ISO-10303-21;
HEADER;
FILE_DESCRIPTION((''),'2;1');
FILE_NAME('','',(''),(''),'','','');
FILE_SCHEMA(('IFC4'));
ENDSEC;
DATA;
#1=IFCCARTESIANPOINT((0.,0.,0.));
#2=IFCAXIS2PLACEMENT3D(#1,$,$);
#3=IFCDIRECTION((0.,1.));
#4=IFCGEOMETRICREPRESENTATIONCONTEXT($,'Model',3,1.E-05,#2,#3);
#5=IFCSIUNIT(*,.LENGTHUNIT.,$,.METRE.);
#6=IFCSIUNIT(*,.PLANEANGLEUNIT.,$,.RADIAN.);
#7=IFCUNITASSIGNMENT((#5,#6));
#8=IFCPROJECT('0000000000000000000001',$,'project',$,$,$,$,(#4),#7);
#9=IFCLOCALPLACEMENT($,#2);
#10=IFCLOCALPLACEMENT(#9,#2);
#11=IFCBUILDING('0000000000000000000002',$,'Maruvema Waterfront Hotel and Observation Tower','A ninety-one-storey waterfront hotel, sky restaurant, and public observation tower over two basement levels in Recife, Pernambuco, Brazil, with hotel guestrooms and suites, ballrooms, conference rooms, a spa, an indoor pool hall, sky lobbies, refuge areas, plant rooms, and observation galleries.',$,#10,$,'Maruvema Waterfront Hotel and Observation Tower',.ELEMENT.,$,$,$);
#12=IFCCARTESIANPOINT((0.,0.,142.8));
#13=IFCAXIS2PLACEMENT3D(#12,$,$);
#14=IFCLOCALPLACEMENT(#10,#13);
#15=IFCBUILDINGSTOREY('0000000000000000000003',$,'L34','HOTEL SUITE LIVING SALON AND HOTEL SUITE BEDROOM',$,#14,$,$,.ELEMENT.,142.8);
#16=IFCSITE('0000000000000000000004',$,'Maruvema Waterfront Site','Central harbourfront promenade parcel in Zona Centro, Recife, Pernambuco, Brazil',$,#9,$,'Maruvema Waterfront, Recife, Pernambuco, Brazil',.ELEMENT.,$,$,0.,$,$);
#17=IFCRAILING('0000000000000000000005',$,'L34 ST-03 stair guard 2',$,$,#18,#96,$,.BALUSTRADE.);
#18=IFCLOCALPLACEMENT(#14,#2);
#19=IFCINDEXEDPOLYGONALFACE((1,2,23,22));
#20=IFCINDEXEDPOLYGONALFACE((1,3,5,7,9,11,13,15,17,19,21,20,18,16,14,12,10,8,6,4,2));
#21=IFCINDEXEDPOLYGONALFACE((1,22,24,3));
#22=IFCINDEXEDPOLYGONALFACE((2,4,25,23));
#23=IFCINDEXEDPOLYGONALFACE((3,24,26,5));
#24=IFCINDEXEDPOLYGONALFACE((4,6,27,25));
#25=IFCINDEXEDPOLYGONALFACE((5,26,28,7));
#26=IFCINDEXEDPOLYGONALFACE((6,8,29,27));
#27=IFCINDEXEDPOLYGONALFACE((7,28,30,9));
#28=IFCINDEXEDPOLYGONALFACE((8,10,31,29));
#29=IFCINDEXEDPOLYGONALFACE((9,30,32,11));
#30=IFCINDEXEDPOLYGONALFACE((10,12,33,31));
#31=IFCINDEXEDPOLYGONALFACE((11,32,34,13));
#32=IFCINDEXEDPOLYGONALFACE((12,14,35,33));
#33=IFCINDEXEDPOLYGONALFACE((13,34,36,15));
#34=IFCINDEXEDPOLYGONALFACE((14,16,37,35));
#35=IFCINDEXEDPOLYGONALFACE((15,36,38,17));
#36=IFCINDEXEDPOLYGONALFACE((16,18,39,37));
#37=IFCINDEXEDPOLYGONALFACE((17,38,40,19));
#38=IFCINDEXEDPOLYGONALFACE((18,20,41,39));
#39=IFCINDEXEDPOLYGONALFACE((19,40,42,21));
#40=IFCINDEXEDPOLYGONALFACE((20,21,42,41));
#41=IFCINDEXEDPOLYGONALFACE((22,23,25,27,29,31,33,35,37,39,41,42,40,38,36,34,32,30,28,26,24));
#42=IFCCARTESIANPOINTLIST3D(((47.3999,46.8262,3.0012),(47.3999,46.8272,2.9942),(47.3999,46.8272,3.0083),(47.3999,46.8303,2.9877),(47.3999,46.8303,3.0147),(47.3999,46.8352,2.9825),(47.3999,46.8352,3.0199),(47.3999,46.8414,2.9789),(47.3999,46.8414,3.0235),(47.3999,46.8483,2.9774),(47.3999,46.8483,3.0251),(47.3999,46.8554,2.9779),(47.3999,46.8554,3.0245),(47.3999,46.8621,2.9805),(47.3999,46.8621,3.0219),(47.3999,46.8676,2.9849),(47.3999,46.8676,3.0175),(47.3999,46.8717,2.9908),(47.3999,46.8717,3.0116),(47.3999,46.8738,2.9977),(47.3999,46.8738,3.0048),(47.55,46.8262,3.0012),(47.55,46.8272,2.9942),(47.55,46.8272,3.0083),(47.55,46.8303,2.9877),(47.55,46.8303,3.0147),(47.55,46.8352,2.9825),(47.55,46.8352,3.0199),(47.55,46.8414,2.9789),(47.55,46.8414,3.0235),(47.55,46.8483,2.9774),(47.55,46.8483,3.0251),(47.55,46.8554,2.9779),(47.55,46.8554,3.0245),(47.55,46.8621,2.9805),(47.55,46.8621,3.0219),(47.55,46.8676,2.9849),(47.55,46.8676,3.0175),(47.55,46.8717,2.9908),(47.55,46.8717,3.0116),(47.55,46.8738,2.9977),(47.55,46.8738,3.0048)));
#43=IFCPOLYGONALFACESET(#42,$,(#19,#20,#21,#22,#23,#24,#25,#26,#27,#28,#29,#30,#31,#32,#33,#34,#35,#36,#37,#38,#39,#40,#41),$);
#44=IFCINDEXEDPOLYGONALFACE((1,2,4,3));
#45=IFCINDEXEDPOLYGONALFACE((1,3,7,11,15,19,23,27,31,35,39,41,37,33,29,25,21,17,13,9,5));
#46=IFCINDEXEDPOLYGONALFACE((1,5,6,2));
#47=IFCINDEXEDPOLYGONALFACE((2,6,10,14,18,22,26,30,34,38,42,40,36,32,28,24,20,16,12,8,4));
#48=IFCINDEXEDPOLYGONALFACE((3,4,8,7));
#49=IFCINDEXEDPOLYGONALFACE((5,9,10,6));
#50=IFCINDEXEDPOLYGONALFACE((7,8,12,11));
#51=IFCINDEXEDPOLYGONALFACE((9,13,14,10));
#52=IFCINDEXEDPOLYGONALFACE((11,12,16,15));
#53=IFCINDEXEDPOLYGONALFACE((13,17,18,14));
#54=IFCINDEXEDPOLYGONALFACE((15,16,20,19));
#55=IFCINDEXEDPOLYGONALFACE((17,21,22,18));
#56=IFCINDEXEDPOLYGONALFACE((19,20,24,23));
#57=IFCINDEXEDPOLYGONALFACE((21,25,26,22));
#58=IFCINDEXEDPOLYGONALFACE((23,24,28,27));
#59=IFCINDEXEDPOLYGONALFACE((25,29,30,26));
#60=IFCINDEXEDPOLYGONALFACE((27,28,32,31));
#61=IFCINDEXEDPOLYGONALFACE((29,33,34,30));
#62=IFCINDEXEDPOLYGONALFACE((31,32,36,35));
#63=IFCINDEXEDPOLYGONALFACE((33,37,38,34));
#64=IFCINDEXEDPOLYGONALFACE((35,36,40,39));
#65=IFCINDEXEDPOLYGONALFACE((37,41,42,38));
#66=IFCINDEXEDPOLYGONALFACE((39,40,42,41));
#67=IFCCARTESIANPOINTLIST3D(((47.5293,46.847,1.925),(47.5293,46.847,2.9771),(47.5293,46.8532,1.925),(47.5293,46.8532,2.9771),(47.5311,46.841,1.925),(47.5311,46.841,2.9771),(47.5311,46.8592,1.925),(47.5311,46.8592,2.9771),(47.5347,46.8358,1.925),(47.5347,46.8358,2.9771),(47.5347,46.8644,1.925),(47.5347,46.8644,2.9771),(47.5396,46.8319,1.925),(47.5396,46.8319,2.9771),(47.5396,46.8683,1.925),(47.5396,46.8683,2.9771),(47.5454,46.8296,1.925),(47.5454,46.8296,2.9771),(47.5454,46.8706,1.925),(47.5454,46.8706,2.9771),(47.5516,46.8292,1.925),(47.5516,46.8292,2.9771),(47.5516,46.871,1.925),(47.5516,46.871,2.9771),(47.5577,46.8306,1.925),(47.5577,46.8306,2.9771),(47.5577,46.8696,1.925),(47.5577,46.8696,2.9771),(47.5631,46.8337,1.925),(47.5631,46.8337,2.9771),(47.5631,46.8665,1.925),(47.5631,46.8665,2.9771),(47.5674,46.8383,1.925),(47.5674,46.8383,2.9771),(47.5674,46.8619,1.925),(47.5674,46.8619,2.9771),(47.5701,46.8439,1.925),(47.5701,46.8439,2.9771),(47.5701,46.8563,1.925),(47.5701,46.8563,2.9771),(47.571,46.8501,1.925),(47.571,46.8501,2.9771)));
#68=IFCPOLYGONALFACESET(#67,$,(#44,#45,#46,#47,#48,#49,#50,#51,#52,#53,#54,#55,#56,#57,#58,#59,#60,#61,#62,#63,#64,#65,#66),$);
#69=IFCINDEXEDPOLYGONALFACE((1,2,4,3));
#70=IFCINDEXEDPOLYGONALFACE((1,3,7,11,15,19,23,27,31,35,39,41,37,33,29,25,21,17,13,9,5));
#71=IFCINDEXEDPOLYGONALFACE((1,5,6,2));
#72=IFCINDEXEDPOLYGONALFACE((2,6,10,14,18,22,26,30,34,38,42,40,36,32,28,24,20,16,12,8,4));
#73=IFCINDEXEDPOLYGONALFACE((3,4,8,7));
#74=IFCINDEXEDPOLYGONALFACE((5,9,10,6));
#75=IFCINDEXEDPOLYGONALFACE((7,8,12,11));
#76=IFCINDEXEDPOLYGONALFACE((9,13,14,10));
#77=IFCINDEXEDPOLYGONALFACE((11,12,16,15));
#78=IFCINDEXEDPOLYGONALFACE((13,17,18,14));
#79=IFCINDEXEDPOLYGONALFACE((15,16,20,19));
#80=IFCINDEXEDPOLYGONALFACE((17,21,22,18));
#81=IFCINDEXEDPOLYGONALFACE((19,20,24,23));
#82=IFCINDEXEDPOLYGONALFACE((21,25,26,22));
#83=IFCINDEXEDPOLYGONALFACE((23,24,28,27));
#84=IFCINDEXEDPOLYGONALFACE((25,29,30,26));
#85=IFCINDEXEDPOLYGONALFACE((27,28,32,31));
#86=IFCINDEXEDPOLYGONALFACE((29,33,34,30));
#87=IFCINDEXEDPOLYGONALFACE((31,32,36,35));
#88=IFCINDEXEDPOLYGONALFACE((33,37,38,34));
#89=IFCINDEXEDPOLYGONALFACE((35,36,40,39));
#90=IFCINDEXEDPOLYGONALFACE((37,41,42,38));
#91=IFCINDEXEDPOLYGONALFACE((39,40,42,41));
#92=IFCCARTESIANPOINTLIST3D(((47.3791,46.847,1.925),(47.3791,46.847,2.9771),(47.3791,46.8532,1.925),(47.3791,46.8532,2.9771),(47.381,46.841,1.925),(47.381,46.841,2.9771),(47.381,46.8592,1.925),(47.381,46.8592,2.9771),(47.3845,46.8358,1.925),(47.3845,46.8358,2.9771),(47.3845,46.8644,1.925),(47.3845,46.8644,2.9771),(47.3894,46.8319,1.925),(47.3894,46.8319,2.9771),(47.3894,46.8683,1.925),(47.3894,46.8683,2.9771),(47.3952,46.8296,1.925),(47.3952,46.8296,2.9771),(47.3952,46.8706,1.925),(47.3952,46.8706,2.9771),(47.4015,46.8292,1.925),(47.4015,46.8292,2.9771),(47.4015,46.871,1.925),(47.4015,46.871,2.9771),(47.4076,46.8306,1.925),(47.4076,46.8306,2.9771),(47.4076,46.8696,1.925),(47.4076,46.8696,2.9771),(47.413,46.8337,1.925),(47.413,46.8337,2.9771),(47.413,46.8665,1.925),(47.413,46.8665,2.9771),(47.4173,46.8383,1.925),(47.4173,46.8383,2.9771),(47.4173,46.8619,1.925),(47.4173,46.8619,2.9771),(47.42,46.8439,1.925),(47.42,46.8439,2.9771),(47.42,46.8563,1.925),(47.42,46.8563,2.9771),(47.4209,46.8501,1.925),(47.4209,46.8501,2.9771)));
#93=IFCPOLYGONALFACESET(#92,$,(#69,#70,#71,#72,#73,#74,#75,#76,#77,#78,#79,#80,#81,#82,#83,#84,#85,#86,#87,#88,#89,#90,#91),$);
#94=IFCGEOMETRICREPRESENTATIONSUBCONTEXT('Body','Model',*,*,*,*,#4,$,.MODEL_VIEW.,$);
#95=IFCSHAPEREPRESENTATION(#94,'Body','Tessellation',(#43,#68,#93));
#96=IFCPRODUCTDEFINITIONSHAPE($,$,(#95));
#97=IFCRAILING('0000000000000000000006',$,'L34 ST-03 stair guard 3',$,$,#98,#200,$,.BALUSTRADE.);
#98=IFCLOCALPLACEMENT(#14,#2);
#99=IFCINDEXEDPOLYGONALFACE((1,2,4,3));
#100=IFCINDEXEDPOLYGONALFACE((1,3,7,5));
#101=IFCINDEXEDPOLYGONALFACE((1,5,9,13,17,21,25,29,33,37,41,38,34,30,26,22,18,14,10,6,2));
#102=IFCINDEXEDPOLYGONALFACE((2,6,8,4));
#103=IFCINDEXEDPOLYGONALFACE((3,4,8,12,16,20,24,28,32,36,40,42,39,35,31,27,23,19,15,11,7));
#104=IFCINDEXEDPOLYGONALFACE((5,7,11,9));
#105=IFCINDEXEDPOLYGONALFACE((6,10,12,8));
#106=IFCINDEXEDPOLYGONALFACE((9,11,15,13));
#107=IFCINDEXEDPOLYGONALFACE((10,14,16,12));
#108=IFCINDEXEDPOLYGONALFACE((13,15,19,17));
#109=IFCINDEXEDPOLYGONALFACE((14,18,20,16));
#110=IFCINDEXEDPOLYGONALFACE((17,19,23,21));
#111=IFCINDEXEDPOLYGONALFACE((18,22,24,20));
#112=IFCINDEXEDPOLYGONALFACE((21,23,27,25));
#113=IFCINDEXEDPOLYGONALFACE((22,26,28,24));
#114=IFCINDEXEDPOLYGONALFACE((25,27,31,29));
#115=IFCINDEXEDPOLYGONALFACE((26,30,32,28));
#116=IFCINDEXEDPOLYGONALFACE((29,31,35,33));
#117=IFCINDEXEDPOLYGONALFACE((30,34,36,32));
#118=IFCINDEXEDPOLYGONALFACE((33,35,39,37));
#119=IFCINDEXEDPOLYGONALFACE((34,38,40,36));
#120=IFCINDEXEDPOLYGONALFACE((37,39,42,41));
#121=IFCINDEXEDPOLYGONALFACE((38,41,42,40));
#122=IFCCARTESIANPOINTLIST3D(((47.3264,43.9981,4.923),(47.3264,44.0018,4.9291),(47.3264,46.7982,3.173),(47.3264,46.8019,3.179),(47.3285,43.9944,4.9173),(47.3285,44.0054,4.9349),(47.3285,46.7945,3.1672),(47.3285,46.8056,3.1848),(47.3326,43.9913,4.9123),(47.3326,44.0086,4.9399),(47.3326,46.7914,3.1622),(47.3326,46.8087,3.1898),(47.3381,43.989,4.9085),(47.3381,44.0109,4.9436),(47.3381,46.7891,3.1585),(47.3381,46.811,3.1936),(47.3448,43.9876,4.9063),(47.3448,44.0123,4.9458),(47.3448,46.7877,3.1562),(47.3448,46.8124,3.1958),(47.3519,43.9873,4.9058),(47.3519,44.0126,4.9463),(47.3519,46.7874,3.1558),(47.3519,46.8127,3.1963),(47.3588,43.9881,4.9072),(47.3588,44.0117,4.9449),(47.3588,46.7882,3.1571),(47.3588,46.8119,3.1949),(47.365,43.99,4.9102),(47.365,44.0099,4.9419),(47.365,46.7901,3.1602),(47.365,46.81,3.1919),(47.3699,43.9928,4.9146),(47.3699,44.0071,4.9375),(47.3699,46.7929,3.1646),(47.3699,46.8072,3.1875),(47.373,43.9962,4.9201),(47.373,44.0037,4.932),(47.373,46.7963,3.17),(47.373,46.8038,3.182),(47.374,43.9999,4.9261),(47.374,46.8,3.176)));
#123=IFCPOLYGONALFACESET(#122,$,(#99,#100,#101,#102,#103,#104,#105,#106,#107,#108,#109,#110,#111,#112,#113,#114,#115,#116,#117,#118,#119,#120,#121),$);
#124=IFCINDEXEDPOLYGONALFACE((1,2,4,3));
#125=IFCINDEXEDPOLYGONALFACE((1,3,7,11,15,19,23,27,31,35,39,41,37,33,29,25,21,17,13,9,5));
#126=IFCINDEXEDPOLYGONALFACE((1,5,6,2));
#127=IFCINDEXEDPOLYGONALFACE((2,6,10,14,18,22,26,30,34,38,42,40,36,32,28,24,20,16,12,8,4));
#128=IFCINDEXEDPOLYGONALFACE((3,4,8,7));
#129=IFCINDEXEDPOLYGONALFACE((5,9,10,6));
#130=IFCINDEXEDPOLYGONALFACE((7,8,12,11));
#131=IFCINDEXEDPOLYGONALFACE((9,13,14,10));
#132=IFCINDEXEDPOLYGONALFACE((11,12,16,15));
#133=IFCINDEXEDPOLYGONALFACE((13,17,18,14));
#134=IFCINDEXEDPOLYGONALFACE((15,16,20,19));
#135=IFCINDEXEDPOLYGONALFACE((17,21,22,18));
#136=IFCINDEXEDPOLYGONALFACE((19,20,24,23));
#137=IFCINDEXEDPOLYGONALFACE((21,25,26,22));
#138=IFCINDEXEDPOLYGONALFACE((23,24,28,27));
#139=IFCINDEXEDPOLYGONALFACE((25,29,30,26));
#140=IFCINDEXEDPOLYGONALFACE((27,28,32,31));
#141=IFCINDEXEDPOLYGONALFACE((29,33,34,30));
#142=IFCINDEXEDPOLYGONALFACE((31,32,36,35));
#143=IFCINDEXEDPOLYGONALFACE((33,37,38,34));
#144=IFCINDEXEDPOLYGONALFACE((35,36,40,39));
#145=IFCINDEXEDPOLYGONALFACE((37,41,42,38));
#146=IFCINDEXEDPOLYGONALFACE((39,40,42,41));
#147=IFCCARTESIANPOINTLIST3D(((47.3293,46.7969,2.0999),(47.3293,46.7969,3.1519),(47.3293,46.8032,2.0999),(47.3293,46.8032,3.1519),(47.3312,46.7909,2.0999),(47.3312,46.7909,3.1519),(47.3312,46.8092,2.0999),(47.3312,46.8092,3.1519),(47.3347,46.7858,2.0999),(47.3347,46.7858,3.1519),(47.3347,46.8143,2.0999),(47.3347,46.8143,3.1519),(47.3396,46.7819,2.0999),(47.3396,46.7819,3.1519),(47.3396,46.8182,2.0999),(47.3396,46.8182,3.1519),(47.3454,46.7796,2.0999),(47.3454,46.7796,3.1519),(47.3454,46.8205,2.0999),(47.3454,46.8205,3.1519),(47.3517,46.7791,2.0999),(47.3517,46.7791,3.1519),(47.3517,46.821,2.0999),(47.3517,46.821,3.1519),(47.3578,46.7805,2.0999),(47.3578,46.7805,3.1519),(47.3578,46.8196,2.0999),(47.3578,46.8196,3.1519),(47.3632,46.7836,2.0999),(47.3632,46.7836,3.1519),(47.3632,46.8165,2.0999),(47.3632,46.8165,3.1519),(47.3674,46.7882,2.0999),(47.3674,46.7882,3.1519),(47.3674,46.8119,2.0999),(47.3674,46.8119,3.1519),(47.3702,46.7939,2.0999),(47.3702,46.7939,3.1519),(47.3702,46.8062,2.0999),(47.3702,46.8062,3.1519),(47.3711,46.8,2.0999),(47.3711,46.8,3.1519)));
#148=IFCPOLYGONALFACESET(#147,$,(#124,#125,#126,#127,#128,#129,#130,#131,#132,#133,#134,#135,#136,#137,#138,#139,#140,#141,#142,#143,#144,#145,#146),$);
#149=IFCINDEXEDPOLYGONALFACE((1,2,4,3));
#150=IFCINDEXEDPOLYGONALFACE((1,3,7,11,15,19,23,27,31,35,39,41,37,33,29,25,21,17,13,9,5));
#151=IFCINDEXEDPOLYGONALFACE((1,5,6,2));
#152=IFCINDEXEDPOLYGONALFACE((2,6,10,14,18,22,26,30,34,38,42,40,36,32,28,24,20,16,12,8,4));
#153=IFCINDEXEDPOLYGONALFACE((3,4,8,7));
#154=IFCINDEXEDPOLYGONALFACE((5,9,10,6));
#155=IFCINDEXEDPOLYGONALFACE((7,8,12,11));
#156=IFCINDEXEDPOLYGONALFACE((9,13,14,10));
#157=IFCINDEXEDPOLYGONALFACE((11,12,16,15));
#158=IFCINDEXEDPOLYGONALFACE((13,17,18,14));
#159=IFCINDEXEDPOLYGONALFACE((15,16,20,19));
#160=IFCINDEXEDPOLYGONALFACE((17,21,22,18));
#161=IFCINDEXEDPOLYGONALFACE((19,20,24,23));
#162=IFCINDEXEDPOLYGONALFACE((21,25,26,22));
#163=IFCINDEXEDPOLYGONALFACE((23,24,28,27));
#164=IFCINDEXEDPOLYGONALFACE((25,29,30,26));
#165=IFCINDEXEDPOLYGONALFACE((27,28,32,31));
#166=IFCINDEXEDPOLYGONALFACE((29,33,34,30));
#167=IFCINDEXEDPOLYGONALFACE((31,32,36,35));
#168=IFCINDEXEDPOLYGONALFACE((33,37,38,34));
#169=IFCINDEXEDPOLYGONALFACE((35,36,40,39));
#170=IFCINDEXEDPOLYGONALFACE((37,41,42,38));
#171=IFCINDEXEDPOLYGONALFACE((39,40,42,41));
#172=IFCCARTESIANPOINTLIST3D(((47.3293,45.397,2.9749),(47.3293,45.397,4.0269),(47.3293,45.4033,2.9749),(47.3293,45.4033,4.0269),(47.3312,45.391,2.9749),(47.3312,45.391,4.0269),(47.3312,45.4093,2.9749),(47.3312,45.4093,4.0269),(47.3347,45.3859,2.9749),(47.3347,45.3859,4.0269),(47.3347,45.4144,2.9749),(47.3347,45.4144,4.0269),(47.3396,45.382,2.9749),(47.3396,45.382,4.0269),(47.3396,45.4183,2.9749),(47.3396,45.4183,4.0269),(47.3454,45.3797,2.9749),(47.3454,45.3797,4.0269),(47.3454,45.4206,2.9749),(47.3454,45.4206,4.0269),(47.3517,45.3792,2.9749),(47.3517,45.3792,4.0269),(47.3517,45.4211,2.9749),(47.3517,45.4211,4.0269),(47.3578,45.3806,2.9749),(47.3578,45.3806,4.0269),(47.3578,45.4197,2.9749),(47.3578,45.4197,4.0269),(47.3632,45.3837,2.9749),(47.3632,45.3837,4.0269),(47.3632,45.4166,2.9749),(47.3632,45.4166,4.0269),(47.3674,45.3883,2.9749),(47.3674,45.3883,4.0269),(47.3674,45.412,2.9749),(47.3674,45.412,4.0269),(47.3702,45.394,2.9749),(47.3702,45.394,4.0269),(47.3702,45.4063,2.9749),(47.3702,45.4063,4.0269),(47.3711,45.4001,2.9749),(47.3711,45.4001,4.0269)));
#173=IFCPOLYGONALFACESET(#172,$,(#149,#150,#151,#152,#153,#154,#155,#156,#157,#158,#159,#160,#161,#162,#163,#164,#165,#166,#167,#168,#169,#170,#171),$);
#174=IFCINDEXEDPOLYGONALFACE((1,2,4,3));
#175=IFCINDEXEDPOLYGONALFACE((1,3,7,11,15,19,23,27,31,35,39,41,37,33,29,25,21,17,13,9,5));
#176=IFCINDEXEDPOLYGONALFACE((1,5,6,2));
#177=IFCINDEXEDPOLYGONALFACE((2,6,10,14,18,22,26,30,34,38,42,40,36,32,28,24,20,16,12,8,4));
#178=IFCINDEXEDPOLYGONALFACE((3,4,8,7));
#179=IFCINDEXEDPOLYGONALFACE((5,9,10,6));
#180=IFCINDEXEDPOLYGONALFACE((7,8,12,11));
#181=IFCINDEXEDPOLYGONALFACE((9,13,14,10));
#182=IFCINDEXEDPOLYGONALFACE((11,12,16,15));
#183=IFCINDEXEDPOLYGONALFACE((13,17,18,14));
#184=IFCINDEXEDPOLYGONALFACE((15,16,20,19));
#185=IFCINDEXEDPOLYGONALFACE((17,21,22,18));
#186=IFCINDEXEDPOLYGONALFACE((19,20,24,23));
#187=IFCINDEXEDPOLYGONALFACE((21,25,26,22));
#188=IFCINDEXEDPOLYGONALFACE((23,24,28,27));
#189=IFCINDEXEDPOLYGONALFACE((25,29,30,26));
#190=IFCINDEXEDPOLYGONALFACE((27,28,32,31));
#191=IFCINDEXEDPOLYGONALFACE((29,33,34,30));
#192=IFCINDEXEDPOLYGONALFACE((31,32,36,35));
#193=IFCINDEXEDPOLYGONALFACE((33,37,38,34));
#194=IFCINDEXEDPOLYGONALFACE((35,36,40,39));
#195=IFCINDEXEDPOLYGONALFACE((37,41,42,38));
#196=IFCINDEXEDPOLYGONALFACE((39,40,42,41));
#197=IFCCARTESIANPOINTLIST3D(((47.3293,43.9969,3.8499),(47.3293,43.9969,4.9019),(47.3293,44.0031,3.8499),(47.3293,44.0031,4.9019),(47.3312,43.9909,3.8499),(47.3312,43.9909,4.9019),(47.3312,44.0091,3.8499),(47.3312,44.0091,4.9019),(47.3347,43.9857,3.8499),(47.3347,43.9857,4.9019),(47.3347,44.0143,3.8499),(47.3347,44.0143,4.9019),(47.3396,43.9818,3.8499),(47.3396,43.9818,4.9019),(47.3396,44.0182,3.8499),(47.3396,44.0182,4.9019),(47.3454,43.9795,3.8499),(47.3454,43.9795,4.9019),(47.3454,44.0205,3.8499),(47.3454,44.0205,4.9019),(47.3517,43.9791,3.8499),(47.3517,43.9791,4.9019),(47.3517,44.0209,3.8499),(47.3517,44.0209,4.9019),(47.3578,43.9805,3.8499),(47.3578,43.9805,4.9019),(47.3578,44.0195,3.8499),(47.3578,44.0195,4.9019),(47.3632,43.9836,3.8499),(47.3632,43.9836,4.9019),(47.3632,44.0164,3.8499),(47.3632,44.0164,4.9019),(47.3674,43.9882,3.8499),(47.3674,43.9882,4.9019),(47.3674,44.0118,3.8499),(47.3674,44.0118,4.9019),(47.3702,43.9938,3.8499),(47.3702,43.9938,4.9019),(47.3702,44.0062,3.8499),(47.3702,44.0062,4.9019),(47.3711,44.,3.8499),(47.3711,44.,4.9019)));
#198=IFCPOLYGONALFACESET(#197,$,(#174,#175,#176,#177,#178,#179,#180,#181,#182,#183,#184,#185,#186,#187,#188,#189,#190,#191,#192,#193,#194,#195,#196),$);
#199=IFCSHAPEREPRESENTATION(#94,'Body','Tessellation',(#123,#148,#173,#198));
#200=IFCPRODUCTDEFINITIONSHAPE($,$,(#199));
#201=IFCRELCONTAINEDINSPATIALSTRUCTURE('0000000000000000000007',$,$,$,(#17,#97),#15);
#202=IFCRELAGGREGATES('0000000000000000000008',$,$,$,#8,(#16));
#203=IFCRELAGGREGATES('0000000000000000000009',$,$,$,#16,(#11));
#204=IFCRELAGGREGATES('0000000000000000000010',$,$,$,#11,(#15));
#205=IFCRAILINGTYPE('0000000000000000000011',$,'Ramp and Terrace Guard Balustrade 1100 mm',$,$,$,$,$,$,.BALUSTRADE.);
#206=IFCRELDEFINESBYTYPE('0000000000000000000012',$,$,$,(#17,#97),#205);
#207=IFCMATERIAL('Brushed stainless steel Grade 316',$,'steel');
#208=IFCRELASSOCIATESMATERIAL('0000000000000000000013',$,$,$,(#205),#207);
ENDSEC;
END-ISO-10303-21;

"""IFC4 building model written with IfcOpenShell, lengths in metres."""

from ifc_helpers import new_model, si_unit, direction, frame, origin, origin_2d, place, context, subcontext, project, spatial, circle, extrude, material, type_object, element, save


model = new_model("IFC4")

# Units and contexts
model_context = context("Model", 3, precision=1e-05, world=origin(), true_north=direction((0.0, 1.0)))
body_context = subcontext(model_context, "Body", "Model", "MODEL_VIEW")
ifc_project = project(units=[si_unit("LENGTHUNIT", "METRE"), si_unit("PLANEANGLEUNIT", "RADIAN")], contexts=[model_context])

# Site, building, storey
site_placement = place(None, origin())
site = spatial("IfcSite", under=ifc_project, at=site_placement, Name="Maruvema Waterfront Site", Description="Central harbourfront promenade parcel in Zona Centro, Recife, Pernambuco, Brazil", LongName="Maruvema Waterfront, Recife, Pernambuco, Brazil", CompositionType="ELEMENT", RefElevation=0.0)
building_placement = place(site_placement, origin())
building = spatial("IfcBuilding", under=site, at=building_placement, Name="Maruvema Waterfront Hotel and Observation Tower", Description="A ninety-one-storey waterfront hotel, sky restaurant, and public observation tower over two basement levels in Recife, Pernambuco, Brazil, with hotel guestrooms and suites, ballrooms, conference rooms, a spa, an indoor pool hall, sky lobbies, refuge areas, plant rooms, and observation galleries.", LongName="Maruvema Waterfront Hotel and Observation Tower", CompositionType="ELEMENT")
storey_placement = place(building_placement, frame((0.0, 0.0, 142.8)))
storey = spatial("IfcBuildingStorey", under=building, at=storey_placement, Name="L34", Description="HOTEL SUITE LIVING SALON AND HOTEL SUITE BEDROOM", CompositionType="ELEMENT", Elevation=142.8)

# Railings
ifc_material_1 = material(Name="Brushed stainless steel Grade 316", Category="steel")
railing_type_1 = type_object("IfcRailingType", Name="Ramp and Terrace Guard Balustrade 1100 mm", PredefinedType="BALUSTRADE", material=ifc_material_1)
railing_1_placement = place(storey_placement, frame((47.55, 46.8501, 1.925)))
element("IfcRailing", 1, at=railing_1_placement, inside=storey, type_object=railing_type_1, Name="L34 ST-03 stair guard 2", PredefinedType="BALUSTRADE", context=body_context, shape_type="SweptSolid", body=[
    extrude(circle(Radius=0.0239, at=origin_2d()), frame((0.0, 0.0, 1.0762), z_axis=(-1.0, 0.0, 0.0), x_axis=(0.0, -1.0, 0.0)), (0.0, 0.0, 1.0), 0.1501),
    extrude(circle(Radius=0.021, at=origin_2d()), origin(), (0.0, 0.0, 1.0), 1.052),
    extrude(circle(Radius=0.021, at=origin_2d()), frame((-0.1501, 0.0, 0.0)), (0.0, 0.0, 1.0), 1.052),
])
railing_2_placement = place(storey_placement, frame((47.3501, 46.8, 2.0999)))
element("IfcRailing", 2, at=railing_2_placement, inside=storey, type_object=railing_type_1, Name="L34 ST-03 stair guard 3", PredefinedType="BALUSTRADE", context=body_context, shape_type="SweptSolid", body=[
    extrude(circle(Radius=0.0239, at=origin_2d()), frame((0.0, 0.0, 1.0762), z_axis=(0.0, -0.848002, 0.529992), x_axis=(1.0, 0.0, 0.0)), (0.0, 0.0, 1.0), 3.302),
    extrude(circle(Radius=0.021, at=origin_2d()), origin(), (0.0, 0.0, 1.0), 1.052),
    extrude(circle(Radius=0.021, at=origin_2d()), frame((0.0, -1.3999, 0.875)), (0.0, 0.0, 1.0), 1.052),
    extrude(circle(Radius=0.021, at=origin_2d()), frame((0.0, -2.8, 1.75)), (0.0, 0.0, 1.0), 1.052),
])

save(model, "model.ifc")
